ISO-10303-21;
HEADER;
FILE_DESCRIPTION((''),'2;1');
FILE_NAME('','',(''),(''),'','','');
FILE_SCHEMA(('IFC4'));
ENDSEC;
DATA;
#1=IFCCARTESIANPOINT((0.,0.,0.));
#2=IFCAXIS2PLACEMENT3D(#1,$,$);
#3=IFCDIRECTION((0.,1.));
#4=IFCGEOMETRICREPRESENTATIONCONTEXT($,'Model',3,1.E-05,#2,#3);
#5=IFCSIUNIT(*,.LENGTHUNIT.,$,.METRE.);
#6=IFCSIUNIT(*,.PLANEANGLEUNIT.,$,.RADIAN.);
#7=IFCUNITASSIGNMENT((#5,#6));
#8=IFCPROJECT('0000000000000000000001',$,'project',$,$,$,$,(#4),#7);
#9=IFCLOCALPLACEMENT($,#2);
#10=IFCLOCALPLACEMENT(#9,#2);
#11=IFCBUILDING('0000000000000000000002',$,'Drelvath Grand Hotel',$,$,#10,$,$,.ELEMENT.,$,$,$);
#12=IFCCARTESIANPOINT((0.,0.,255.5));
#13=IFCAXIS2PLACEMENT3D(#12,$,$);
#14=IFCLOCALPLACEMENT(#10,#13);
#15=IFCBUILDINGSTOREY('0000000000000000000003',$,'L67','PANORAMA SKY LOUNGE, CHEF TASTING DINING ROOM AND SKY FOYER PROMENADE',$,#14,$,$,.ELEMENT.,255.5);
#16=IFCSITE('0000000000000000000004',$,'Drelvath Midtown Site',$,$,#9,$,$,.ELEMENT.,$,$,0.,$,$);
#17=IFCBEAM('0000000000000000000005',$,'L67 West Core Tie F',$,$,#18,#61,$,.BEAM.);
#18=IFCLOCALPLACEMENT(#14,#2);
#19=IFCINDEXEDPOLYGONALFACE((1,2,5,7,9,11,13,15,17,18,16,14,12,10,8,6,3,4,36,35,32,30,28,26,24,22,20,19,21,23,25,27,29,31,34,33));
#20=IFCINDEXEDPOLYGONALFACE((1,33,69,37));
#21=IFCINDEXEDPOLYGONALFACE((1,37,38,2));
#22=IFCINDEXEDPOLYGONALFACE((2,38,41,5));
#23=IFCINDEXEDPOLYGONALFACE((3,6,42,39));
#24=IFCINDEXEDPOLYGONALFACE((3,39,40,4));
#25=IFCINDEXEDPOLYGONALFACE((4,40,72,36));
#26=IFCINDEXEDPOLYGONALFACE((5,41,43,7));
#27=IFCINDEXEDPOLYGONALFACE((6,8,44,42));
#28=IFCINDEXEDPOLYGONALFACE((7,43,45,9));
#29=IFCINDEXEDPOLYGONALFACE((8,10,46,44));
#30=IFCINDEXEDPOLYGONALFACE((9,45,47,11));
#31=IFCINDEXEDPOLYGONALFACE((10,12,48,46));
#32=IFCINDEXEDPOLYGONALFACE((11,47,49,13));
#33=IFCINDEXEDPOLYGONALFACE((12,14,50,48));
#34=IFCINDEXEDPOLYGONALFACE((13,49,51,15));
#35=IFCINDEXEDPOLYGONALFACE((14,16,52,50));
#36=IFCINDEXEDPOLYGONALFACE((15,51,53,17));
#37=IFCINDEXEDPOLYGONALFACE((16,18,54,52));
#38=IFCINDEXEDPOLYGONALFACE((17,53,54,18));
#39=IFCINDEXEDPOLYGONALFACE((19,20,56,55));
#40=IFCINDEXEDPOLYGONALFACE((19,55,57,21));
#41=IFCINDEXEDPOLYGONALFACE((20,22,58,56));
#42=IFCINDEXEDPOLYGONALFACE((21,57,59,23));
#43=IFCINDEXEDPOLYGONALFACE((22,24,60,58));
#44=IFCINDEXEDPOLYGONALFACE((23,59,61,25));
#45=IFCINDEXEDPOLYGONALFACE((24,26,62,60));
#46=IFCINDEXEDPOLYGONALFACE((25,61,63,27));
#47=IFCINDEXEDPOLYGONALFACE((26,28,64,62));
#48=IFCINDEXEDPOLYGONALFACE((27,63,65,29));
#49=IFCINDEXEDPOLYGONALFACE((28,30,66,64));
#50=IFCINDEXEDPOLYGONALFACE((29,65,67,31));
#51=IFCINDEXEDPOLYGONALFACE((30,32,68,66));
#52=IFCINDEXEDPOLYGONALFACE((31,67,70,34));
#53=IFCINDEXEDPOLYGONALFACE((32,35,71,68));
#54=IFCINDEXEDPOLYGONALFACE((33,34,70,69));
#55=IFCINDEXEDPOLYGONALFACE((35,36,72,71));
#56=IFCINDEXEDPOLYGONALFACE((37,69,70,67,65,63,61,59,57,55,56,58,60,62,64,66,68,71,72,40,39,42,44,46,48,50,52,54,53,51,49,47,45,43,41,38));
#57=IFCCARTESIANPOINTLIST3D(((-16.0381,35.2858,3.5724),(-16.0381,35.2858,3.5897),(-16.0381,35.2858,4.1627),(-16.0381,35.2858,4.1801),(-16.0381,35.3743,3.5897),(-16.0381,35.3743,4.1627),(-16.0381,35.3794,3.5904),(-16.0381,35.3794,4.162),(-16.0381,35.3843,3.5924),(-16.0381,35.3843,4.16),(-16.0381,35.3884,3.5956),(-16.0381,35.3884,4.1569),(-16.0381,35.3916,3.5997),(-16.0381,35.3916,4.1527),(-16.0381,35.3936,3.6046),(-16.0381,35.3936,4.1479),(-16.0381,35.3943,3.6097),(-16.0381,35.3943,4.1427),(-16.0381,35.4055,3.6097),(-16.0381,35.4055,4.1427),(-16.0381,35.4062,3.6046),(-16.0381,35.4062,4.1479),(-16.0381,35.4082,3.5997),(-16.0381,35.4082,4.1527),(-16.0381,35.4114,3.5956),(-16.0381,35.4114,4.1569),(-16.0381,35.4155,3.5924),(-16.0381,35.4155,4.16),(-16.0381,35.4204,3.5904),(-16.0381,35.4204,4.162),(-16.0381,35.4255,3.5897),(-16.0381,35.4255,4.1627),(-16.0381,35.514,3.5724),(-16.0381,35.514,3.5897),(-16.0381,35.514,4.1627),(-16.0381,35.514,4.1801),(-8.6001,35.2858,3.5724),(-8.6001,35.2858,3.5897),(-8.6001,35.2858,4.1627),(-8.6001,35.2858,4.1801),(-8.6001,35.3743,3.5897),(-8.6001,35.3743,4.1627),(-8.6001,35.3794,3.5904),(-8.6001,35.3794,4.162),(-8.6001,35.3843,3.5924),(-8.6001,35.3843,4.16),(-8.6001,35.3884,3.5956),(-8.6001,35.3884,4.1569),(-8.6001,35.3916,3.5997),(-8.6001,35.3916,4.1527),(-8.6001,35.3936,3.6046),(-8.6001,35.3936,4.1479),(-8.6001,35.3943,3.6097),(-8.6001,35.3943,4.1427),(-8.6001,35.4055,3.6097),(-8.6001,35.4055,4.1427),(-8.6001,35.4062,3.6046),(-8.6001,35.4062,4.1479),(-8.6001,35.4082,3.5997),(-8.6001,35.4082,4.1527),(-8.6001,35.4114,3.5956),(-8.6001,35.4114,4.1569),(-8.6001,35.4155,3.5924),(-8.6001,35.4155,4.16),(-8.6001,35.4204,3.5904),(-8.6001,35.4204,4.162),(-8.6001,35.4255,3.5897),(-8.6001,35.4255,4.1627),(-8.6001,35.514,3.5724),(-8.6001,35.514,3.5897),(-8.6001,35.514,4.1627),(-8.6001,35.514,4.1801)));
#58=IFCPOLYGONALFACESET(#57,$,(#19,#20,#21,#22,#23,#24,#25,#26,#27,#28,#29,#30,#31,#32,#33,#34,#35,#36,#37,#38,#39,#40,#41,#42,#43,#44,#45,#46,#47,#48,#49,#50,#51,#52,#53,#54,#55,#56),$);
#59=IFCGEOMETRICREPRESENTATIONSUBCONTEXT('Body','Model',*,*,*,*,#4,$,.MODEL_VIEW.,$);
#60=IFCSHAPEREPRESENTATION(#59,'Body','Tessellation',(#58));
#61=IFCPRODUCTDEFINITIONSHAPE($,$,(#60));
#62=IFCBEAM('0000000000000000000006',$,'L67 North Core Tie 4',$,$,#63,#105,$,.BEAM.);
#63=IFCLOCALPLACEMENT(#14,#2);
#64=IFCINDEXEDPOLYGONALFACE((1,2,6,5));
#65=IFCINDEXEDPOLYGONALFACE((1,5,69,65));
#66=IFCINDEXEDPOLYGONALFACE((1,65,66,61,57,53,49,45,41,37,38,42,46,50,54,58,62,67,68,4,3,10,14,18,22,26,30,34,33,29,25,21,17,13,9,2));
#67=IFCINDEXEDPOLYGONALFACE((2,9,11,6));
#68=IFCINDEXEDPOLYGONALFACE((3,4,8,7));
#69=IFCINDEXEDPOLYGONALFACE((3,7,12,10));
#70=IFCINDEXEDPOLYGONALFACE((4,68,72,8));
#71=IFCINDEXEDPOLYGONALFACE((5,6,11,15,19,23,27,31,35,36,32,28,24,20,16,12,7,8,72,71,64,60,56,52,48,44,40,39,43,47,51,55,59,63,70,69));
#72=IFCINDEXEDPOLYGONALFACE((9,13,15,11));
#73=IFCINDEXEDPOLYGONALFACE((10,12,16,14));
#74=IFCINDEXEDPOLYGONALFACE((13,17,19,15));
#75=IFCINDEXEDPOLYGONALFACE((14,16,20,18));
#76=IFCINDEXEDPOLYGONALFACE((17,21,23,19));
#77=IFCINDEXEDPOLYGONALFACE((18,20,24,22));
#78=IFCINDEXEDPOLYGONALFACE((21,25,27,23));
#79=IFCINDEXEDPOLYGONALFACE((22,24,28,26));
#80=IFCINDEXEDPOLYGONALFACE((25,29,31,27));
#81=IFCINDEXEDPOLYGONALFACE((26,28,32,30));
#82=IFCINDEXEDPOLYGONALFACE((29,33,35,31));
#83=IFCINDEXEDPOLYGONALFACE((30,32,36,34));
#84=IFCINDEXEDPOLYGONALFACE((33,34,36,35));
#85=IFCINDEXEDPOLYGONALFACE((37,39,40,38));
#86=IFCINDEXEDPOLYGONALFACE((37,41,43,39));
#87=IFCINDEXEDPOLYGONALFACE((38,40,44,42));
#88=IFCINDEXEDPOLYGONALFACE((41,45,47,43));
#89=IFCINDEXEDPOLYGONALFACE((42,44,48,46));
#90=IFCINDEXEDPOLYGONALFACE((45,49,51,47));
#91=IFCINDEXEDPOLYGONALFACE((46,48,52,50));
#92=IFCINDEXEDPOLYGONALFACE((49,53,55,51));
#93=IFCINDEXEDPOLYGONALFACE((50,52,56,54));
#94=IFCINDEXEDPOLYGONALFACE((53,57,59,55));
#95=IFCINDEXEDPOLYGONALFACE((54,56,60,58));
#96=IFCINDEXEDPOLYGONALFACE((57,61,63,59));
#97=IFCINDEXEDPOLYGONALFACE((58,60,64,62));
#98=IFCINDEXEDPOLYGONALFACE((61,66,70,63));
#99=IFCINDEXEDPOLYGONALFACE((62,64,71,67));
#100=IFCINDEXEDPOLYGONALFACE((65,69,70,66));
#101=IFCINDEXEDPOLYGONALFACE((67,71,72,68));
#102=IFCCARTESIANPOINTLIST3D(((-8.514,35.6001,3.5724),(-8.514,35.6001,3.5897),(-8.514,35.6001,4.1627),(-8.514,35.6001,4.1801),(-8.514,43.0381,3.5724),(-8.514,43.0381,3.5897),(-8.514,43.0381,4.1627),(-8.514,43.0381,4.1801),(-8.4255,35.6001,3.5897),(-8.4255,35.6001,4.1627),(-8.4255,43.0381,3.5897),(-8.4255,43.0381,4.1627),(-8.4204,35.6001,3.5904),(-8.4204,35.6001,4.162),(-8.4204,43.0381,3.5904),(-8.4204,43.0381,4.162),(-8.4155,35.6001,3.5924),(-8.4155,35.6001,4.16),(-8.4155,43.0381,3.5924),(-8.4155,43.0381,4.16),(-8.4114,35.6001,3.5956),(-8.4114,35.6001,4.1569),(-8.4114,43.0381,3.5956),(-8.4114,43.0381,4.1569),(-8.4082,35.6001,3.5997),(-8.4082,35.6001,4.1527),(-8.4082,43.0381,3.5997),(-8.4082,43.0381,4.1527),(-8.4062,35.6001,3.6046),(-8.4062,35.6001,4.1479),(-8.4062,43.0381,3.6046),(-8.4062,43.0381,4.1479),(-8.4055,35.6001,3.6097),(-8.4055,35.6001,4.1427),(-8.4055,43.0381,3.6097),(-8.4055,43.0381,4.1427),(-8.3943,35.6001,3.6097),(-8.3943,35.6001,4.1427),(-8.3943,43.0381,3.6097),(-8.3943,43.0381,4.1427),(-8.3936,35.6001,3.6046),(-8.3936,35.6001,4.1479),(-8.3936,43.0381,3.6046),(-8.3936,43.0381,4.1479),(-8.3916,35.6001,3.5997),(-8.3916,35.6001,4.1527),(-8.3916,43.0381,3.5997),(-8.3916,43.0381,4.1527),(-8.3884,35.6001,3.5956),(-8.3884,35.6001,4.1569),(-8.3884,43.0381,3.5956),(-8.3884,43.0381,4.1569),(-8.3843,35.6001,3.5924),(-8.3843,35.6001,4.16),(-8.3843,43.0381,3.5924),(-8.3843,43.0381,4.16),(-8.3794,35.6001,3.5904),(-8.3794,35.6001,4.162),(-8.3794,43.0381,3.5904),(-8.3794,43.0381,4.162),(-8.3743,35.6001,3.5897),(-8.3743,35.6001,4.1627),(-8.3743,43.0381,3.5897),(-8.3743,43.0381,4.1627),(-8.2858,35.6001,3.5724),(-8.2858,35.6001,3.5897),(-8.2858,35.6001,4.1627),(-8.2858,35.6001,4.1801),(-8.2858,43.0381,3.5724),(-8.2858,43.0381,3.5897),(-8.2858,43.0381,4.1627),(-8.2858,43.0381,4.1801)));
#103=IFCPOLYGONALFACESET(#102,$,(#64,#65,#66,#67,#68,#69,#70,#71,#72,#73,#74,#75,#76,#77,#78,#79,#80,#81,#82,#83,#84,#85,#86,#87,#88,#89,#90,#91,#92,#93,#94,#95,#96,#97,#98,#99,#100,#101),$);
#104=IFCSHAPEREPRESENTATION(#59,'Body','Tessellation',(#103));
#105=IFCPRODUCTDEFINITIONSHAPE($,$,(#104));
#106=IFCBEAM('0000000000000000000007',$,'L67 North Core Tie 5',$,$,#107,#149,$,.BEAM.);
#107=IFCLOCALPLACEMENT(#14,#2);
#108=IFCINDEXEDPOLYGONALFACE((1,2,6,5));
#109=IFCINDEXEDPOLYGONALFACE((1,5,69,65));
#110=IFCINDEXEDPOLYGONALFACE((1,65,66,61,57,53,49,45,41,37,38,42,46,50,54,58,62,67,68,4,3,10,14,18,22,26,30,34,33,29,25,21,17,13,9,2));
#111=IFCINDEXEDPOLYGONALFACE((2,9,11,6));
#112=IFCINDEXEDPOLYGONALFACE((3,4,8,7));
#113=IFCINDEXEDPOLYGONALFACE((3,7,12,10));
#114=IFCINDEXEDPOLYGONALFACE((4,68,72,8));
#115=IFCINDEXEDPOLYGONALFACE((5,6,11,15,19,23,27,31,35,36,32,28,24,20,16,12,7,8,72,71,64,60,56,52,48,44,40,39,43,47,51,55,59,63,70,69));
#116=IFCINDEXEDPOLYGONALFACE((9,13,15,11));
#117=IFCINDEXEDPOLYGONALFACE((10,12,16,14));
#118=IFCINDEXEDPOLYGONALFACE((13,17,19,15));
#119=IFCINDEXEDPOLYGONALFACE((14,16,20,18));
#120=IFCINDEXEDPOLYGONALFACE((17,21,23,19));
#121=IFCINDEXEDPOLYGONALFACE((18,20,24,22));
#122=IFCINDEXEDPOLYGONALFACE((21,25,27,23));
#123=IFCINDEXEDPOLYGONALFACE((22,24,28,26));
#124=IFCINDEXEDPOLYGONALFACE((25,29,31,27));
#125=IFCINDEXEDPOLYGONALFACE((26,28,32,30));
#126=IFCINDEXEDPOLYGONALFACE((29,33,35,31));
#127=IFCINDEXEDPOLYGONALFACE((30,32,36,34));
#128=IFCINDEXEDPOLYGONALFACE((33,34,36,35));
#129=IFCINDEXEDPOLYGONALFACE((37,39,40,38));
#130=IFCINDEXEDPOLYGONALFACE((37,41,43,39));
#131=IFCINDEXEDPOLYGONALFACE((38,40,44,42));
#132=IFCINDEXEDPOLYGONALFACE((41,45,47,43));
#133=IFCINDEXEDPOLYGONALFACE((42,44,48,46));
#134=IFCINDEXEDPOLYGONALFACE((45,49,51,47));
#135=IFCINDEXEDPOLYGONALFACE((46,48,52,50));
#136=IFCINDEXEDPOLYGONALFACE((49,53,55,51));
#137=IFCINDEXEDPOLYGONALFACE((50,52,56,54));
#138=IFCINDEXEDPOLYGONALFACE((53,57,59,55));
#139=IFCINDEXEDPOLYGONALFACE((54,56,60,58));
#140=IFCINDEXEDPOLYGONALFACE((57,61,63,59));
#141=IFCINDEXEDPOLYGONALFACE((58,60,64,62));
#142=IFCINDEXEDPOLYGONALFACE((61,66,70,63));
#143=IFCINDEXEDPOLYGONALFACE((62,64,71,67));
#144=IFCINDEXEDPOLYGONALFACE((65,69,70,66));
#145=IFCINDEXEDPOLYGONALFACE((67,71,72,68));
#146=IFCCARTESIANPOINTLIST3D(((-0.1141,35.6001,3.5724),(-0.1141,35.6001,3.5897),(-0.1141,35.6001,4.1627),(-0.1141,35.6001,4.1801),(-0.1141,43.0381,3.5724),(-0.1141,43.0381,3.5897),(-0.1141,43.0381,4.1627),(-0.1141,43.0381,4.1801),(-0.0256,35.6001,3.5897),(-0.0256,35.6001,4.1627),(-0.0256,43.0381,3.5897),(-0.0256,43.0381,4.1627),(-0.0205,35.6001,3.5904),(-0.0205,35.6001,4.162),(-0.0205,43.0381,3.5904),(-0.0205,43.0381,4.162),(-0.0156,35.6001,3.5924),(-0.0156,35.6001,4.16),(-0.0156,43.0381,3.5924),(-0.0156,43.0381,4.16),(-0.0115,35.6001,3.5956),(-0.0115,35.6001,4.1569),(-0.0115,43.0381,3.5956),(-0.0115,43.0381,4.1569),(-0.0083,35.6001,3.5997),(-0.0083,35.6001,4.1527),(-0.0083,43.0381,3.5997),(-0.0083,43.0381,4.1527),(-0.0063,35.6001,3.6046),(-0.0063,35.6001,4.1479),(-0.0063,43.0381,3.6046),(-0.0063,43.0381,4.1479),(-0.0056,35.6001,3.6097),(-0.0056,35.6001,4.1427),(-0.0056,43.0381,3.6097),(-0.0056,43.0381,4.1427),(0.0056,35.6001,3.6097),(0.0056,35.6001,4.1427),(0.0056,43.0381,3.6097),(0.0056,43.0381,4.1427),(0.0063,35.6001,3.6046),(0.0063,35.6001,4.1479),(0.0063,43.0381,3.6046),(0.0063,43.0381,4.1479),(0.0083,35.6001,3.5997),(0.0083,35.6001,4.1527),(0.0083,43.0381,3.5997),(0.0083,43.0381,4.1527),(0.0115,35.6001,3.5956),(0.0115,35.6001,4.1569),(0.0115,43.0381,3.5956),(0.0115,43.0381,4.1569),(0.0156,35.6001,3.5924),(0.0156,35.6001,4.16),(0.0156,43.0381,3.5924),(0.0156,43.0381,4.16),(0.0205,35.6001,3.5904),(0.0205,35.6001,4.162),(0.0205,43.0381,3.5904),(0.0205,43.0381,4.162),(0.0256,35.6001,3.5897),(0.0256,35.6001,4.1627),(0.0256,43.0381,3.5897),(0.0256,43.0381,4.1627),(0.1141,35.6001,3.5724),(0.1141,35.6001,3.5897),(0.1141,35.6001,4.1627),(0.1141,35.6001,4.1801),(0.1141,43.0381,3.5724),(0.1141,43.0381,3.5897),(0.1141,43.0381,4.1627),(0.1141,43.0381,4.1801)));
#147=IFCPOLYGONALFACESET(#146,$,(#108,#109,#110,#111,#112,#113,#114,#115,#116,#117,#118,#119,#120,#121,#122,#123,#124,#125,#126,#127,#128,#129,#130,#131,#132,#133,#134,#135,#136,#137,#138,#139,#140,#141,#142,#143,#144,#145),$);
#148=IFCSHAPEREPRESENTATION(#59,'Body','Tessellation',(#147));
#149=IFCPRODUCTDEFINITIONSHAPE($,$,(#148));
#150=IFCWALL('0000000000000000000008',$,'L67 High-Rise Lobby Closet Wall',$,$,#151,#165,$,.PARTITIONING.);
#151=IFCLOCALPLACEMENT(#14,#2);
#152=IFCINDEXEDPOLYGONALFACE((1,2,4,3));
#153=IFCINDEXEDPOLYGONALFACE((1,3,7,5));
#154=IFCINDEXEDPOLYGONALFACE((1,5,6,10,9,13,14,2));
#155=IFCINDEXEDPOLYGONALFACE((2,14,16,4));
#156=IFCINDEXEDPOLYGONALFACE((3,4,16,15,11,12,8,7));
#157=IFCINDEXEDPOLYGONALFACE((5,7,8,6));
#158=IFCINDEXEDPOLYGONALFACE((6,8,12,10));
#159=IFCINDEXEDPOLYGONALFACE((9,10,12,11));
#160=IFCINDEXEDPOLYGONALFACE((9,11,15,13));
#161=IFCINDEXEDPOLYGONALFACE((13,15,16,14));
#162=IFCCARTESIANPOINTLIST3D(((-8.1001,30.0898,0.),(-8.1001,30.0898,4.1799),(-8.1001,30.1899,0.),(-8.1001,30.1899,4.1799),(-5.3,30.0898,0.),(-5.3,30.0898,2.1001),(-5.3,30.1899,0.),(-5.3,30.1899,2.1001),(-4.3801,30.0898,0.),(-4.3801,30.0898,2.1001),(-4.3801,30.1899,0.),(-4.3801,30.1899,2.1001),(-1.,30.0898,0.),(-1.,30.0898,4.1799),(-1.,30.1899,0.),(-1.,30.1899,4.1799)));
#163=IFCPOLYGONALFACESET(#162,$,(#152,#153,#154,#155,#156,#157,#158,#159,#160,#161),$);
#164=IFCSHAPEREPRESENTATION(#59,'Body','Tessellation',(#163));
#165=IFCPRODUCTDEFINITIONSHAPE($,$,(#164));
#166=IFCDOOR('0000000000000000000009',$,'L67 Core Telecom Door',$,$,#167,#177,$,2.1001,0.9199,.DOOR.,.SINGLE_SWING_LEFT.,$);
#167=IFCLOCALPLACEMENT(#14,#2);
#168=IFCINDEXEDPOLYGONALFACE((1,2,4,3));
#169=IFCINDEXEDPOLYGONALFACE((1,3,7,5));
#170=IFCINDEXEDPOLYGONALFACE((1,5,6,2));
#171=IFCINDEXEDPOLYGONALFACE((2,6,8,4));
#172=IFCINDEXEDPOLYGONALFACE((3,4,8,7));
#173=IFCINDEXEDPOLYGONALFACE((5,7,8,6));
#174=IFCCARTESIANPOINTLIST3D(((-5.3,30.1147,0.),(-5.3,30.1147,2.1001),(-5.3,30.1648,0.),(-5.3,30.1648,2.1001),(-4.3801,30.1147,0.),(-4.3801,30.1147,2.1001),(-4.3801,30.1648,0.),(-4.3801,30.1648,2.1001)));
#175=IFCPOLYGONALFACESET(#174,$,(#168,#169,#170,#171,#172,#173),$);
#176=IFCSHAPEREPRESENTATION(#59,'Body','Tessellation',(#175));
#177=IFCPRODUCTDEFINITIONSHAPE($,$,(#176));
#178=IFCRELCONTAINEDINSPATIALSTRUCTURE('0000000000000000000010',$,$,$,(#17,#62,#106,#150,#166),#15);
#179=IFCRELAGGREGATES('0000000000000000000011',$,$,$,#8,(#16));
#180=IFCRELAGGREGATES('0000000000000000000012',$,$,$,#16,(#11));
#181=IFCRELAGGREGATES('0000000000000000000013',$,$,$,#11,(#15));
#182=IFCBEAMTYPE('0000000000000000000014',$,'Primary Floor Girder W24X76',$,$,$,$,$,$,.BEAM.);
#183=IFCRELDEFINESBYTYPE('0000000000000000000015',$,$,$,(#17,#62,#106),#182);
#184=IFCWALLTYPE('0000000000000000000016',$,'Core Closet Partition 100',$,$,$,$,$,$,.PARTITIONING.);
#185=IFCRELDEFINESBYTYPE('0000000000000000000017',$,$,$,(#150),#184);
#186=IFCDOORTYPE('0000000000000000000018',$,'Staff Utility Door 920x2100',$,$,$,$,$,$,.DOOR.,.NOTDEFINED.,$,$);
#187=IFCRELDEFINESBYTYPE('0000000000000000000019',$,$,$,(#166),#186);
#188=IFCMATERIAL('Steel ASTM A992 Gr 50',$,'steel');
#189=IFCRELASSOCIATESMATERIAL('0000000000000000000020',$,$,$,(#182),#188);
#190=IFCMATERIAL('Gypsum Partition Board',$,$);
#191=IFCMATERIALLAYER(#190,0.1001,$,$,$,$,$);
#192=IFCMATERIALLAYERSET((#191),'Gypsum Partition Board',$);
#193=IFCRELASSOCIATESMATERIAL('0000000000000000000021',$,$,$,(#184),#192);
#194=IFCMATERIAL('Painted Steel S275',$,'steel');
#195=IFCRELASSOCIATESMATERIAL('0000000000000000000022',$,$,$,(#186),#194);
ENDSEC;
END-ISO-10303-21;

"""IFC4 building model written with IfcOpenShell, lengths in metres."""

from ifc_helpers import new_model, si_unit, direction, frame, frame_2d, origin, origin_2d, place, context, subcontext, project, spatial, rectangle, i_section, extrude, material, layer, layer_set, material_profile, profile_set, type_object, element, fill, save


model = new_model("IFC4")

# Units and contexts
model_context = context("Model", 3, precision=1e-05, world=origin(), true_north=direction((0.0, 1.0)))
body_context = subcontext(model_context, "Body", "Model", "MODEL_VIEW")
ifc_project = project(units=[si_unit("LENGTHUNIT", "METRE"), si_unit("PLANEANGLEUNIT", "RADIAN")], contexts=[model_context])

# Site, building, storey
site_placement = place(None, origin())
site = spatial("IfcSite", under=ifc_project, at=site_placement, Name="Drelvath Midtown Site", CompositionType="ELEMENT", RefElevation=0.0)
building_placement = place(site_placement, origin())
building = spatial("IfcBuilding", under=site, at=building_placement, Name="Drelvath Grand Hotel", CompositionType="ELEMENT")
storey_placement = place(building_placement, frame((0.0, 0.0, 255.5)))
storey = spatial("IfcBuildingStorey", under=building, at=storey_placement, Name="L67", Description="PANORAMA SKY LOUNGE, CHEF TASTING DINING ROOM AND SKY FOYER PROMENADE", CompositionType="ELEMENT", Elevation=255.5)

# Beams
ifc_material_1 = material(Name="Steel ASTM A992 Gr 50", Category="steel")
ifc_material_profile_1 = material_profile(ifc_material_1, i_section(OverallWidth=0.2283, OverallDepth=0.6077, WebThickness=0.0112, FlangeThickness=0.0173, FilletRadius=0.02, at=origin_2d()), Name="W24X76")
ifc_profile_set_1 = profile_set([ifc_material_profile_1], Name="Steel ASTM A992 Gr 50")
beam_type_1 = type_object("IfcBeamType", Name="Primary Floor Girder W24X76", PredefinedType="BEAM", material=ifc_profile_set_1)
for number, where, z_axis, x_axis, name in (
    (1, (-16.0381, 35.3999, 3.8762), (1.0, 0.0, 0.0), (0.0, 1.0, 0.0), "L67 West Core Tie F"),
    (2, (-8.3999, 35.6001, 3.8762), (0.0, 1.0, 0.0), (-1.0, 0.0, 0.0), "L67 North Core Tie 4"),
    (3, (0.0, 35.6001, 3.8762), (0.0, 1.0, 0.0), (-1.0, 0.0, 0.0), "L67 North Core Tie 5"),
):
    element("IfcBeam", number, at=place(storey_placement, frame(where, z_axis=z_axis, x_axis=x_axis)), inside=storey, type_object=beam_type_1, Name=name, PredefinedType="BEAM", context=body_context, shape_type="SweptSolid", body=[
        extrude(i_section(OverallWidth=0.2283, OverallDepth=0.6077, WebThickness=0.0112, FlangeThickness=0.0173, FilletRadius=0.02, at=origin_2d()), origin(), (0.0, 0.0, 1.0), 7.438),
    ])

# Wall, opening, door
ifc_material_2 = material(Name="Gypsum Partition Board")
ifc_layer_1 = layer(ifc_material_2, 0.1001)
ifc_layer_set_1 = layer_set([ifc_layer_1], Name="Gypsum Partition Board")
wall_type_1 = type_object("IfcWallType", Name="Core Closet Partition 100", PredefinedType="PARTITIONING", material=ifc_layer_set_1)
wall_1_placement = place(storey_placement, frame((-8.1001, 30.1399, 0.0), z_axis=(0.0, 0.0, 1.0), x_axis=(1.0, 0.0, 0.0)))
wall_1 = element("IfcWall", 4, at=wall_1_placement, inside=storey, type_object=wall_type_1, Name="L67 High-Rise Lobby Closet Wall", PredefinedType="PARTITIONING", context=body_context, shape_type="SweptSolid", body=[
    extrude(rectangle(XDim=7.1001, YDim=0.1001, at=frame_2d((3.55, 0.0))), origin(), (0.0, 0.0, 1.0), 4.1799),
])
opening_1_placement = place(wall_1_placement, frame((2.8, 0.0, 0.0)))
opening_1 = element("IfcOpeningElement", 5, at=opening_1_placement, cuts=wall_1, PredefinedType="OPENING", context=body_context, shape_type="SweptSolid", body=[
    extrude(rectangle(XDim=0.9199, YDim=2.1001, at=frame_2d((0.46, 1.05))), frame((0.0, 0.0601, 0.0), z_axis=(0.0, -1.0, 0.0), x_axis=(1.0, 0.0, 0.0)), (0.0, 0.0, 1.0), 0.1201),
])
ifc_material_3 = material(Name="Painted Steel S275", Category="steel")
door_type_1 = type_object("IfcDoorType", Name="Staff Utility Door 920x2100", OperationType="NOTDEFINED", PredefinedType="DOOR", material=ifc_material_3)
door_1_placement = place(opening_1_placement, origin())
door_1 = element("IfcDoor", 6, at=door_1_placement, inside=storey, type_object=door_type_1, Name="L67 Core Telecom Door", OperationType="SINGLE_SWING_LEFT", OverallHeight=2.1001, OverallWidth=0.9199, PredefinedType="DOOR", context=body_context, shape_type="SweptSolid", body=[
    extrude(rectangle(XDim=0.9199, YDim=2.1001, at=frame_2d((0.46, 1.05))), frame((0.0, 0.0249, 0.0), z_axis=(0.0, -1.0, 0.0), x_axis=(1.0, 0.0, 0.0)), (0.0, 0.0, 1.0), 0.05),
])
fill(opening_1, door_1)

save(model, "model.ifc")
